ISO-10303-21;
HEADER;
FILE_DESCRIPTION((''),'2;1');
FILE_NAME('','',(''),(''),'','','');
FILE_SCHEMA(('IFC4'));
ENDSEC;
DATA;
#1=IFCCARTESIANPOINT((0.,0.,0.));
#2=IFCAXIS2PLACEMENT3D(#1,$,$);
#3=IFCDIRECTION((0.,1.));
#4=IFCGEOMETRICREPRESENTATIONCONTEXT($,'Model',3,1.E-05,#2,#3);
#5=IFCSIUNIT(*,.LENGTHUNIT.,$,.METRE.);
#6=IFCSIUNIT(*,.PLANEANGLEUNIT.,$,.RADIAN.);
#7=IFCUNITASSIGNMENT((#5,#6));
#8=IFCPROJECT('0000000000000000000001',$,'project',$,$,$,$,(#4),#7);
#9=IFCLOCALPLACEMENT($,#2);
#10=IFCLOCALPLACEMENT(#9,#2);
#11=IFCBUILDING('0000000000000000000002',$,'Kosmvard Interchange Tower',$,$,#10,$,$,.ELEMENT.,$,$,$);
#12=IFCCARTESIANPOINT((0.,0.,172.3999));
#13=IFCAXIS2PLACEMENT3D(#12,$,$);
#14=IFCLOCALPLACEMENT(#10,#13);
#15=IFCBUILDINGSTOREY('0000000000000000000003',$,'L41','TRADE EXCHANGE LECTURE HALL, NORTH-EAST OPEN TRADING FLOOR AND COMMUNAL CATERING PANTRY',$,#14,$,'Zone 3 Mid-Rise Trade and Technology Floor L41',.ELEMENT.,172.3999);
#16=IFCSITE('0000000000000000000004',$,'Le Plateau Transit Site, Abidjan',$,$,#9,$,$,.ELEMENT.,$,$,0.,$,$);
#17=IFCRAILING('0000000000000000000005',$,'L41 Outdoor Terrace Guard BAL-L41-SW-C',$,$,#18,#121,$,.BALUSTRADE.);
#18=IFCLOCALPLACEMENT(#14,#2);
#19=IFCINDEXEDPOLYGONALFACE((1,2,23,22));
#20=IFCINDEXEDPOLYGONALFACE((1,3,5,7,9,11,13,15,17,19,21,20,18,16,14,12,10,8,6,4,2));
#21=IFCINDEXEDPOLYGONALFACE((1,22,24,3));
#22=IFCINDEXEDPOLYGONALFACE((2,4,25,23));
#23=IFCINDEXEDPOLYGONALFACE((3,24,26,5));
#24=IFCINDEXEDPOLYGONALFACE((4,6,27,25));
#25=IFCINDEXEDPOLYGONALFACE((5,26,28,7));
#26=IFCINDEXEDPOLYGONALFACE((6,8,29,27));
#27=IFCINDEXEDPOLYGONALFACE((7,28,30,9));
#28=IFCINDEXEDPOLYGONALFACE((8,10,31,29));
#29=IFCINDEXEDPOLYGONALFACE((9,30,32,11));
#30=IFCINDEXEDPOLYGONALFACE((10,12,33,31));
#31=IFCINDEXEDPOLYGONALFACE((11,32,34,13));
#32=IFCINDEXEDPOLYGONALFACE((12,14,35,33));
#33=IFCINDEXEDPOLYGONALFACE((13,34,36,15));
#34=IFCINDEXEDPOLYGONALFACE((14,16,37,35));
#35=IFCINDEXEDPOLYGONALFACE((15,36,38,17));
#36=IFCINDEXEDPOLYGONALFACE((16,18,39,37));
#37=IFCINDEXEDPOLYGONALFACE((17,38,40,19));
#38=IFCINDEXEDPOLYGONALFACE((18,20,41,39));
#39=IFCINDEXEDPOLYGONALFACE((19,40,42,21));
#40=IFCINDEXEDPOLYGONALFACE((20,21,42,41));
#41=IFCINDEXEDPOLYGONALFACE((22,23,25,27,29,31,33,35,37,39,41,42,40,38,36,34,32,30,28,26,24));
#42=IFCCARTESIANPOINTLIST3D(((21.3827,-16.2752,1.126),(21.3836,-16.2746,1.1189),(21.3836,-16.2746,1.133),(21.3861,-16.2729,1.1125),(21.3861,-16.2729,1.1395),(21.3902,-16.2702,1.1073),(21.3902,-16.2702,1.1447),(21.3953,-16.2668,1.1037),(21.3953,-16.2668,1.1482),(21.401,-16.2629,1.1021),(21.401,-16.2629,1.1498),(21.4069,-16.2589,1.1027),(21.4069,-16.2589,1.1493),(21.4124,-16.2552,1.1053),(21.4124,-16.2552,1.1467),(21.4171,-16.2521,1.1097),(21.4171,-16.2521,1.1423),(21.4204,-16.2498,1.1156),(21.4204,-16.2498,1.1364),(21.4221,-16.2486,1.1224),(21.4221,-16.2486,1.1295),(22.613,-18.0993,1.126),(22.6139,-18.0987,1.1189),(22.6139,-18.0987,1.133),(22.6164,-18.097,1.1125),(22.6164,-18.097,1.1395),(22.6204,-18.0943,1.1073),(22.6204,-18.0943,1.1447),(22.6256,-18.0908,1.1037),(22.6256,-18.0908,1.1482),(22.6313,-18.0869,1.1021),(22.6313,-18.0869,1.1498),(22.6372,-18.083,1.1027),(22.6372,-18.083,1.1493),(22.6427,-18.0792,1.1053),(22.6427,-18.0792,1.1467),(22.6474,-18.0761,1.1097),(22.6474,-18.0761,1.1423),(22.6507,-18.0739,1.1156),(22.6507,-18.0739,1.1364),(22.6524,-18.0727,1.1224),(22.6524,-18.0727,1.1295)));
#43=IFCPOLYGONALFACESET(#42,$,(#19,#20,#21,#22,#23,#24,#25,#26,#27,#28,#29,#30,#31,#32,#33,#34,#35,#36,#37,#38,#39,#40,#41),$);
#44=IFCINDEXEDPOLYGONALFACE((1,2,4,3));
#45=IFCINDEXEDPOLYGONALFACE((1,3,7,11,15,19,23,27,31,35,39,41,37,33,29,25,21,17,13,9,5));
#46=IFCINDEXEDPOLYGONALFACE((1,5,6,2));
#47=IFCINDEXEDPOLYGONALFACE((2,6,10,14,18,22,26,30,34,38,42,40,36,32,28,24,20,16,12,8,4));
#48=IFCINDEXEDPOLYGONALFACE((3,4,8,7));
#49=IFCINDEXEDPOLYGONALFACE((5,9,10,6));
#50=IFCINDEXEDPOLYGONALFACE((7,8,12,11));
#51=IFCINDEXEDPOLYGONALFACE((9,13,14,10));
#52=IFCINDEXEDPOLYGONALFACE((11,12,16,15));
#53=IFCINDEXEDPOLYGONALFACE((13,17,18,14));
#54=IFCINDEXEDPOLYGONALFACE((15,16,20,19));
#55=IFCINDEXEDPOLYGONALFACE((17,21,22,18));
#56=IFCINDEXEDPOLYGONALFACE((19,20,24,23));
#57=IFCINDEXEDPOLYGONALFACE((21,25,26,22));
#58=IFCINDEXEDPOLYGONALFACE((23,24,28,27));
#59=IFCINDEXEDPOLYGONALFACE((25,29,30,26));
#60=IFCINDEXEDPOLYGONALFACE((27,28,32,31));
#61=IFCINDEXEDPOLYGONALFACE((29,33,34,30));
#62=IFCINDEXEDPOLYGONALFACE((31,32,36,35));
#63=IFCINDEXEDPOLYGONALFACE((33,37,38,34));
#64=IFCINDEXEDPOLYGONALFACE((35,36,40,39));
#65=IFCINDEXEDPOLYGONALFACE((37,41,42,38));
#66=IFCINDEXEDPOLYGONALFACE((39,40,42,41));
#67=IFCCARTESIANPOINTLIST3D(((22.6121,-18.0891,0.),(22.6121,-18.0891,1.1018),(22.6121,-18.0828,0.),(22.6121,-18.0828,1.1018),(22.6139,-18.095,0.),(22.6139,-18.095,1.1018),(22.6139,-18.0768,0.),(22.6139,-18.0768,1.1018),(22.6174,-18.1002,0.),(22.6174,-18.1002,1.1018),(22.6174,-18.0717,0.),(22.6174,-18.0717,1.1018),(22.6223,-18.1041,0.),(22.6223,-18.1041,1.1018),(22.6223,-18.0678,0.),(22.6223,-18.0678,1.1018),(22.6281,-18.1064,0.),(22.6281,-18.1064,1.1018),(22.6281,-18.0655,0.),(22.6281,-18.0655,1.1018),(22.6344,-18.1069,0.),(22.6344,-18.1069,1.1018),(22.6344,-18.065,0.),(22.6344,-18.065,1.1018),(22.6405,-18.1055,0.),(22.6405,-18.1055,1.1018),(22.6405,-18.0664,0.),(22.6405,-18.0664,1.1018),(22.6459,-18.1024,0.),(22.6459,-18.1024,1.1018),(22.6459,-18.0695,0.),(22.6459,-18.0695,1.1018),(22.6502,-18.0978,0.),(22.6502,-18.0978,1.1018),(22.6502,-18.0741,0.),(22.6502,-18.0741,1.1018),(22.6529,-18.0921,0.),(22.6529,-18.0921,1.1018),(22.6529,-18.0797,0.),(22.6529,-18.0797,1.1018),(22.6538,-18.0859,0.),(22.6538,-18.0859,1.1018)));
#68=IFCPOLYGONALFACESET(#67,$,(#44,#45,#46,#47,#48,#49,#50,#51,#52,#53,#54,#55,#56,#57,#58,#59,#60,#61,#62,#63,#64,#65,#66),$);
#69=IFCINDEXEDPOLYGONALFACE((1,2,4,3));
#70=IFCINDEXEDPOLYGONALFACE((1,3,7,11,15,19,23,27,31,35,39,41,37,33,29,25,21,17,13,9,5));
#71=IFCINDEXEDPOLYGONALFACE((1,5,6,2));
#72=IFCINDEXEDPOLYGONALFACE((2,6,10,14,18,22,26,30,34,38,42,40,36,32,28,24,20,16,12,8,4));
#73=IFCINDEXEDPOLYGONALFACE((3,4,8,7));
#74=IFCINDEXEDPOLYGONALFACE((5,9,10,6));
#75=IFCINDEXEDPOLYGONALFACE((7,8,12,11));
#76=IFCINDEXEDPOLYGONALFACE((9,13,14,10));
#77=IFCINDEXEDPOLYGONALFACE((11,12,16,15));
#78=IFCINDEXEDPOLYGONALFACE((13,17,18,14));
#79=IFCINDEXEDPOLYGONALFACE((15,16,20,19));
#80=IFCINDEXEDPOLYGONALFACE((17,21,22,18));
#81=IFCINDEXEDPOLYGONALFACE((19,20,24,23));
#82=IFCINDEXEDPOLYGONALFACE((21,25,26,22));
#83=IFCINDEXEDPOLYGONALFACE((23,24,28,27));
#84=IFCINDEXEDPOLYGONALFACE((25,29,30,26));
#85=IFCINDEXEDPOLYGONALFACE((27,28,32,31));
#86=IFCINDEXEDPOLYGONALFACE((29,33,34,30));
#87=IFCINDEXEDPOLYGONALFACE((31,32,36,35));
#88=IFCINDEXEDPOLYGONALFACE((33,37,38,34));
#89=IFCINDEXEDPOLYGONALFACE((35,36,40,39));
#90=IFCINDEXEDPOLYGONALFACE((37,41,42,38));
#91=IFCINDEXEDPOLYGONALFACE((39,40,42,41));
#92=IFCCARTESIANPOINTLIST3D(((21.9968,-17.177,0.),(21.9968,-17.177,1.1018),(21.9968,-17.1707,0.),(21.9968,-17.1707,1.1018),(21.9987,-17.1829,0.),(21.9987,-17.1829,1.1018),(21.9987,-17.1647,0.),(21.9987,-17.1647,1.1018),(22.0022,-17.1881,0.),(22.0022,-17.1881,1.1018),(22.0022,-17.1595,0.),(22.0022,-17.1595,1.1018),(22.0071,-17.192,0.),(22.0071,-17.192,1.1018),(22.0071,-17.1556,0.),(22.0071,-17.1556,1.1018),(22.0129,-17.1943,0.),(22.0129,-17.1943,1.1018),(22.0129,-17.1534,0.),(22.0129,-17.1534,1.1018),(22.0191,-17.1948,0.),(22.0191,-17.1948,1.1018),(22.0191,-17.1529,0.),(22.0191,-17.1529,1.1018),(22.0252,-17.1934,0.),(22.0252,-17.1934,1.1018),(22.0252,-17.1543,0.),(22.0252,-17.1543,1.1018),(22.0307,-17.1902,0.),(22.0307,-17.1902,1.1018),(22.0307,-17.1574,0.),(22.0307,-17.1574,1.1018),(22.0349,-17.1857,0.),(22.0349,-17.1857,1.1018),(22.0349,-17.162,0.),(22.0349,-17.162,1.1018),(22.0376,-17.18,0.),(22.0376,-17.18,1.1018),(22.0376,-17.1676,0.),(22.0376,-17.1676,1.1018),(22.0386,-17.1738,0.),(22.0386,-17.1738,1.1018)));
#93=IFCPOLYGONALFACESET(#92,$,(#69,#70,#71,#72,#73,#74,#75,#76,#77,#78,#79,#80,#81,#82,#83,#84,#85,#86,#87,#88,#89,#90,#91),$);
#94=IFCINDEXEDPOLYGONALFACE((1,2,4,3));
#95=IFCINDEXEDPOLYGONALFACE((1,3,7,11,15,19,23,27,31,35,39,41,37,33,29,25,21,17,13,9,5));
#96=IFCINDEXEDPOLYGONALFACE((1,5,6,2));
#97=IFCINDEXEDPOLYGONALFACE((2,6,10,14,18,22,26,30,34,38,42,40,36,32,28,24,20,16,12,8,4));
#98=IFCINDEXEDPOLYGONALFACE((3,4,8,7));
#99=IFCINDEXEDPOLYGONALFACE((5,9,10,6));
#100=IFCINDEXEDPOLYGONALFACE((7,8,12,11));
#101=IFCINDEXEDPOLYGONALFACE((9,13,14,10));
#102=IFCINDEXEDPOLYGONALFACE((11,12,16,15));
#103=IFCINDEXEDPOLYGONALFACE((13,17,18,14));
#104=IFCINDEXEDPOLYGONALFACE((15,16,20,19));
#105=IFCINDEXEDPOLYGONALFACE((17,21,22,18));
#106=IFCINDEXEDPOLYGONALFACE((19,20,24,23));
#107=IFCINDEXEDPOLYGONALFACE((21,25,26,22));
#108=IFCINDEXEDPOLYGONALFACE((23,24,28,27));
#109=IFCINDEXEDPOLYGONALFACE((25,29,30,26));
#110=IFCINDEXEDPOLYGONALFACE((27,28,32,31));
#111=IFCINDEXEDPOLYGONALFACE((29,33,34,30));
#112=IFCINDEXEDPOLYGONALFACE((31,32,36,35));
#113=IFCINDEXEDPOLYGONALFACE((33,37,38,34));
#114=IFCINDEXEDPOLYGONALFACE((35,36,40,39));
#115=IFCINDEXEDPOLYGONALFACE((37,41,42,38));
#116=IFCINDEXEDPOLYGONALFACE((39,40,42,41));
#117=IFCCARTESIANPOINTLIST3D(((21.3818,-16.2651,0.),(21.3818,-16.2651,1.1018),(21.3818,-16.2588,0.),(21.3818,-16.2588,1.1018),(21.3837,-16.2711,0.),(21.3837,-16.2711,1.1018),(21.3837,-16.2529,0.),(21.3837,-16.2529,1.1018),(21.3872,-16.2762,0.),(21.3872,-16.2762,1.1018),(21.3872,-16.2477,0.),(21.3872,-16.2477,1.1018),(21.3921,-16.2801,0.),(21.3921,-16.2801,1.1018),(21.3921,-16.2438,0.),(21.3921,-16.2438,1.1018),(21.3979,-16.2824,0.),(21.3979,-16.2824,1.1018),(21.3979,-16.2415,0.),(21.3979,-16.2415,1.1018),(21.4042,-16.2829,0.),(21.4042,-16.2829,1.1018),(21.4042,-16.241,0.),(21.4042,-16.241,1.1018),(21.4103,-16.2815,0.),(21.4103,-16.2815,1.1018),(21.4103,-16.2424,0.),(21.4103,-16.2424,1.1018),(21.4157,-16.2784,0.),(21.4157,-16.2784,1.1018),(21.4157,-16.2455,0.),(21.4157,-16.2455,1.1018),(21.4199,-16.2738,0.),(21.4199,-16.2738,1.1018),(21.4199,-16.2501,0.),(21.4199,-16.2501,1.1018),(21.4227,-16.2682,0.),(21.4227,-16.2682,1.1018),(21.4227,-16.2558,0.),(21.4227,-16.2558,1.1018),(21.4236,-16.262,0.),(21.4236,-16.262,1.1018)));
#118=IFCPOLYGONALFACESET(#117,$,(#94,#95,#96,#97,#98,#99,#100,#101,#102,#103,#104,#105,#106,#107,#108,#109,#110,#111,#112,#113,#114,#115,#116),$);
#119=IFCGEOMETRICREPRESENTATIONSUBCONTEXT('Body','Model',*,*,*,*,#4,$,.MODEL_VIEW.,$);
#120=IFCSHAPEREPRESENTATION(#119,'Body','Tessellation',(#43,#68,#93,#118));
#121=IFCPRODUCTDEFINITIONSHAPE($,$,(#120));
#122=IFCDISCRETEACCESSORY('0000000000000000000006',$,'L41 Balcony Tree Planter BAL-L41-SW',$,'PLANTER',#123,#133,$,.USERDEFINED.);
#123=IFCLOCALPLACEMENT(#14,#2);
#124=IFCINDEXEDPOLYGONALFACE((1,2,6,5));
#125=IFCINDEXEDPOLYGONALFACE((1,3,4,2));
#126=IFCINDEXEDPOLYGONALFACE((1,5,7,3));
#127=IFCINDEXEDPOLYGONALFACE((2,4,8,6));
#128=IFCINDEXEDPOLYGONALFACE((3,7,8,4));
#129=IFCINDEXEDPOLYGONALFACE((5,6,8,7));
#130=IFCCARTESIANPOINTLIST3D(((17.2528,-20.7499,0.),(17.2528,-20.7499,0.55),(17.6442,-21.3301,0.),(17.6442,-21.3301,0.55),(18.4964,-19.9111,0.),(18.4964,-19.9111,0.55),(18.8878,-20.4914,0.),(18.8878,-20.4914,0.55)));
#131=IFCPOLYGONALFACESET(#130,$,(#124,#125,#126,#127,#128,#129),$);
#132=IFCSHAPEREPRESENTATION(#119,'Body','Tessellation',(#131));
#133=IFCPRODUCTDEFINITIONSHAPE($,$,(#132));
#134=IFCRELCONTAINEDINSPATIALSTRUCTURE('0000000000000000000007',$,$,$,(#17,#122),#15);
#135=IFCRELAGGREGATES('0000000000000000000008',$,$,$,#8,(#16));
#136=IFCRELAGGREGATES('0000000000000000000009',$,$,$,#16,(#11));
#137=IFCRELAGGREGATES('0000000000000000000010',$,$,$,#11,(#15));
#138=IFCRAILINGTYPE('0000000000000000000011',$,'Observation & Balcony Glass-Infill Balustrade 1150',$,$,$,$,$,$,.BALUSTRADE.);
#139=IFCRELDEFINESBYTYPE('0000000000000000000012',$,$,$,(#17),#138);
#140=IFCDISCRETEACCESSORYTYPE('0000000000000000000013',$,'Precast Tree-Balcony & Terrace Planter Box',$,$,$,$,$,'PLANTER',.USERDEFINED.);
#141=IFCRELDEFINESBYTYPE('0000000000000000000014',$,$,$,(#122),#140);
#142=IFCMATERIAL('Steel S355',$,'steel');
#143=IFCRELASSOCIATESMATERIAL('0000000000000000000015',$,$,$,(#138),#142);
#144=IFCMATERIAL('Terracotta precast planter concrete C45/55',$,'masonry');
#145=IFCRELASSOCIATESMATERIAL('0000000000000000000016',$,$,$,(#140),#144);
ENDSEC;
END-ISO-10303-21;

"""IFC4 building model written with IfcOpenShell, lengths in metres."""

from ifc_helpers import new_model, si_unit, direction, frame, origin, origin_2d, place, context, subcontext, project, spatial, rectangle, circle, extrude, source, transform, mapped, material, type_object, element, save


model = new_model("IFC4")

# Units and contexts
model_context = context("Model", 3, precision=1e-05, world=origin(), true_north=direction((0.0, 1.0)))
body_context = subcontext(model_context, "Body", "Model", "MODEL_VIEW")
ifc_project = project(units=[si_unit("LENGTHUNIT", "METRE"), si_unit("PLANEANGLEUNIT", "RADIAN")], contexts=[model_context])

# Site, building, storey
site_placement = place(None, origin())
site = spatial("IfcSite", under=ifc_project, at=site_placement, Name="Le Plateau Transit Site, Abidjan", CompositionType="ELEMENT", RefElevation=0.0)
building_placement = place(site_placement, origin())
building = spatial("IfcBuilding", under=site, at=building_placement, Name="Kosmvard Interchange Tower", CompositionType="ELEMENT")
storey_placement = place(building_placement, frame((0.0, 0.0, 172.3999)))
storey = spatial("IfcBuildingStorey", under=building, at=storey_placement, Name="L41", Description="TRADE EXCHANGE LECTURE HALL, NORTH-EAST OPEN TRADING FLOOR AND COMMUNAL CATERING PANTRY", LongName="Zone 3 Mid-Rise Trade and Technology Floor L41", CompositionType="ELEMENT", Elevation=172.3999)

# Shared definitions
ifc_material_1 = material(Name="Steel S355", Category="steel")

# Railing
railing_type = type_object("IfcRailingType", Name="Observation & Balcony Glass-Infill Balustrade 1150", PredefinedType="BALUSTRADE", material=ifc_material_1)
shared_shape_1 = source(origin(), body_context, "Body", "SweptSolid", [
    extrude(circle(Radius=0.0239, at=origin_2d()), frame((0.0, 0.0, 1.126), z_axis=(-0.559174, 0.829051, 0.0), x_axis=(-0.829051, -0.559174, 0.0)), (0.0, 0.0, 1.0), 2.2002),
    extrude(circle(Radius=0.021, at=origin_2d()), origin(), (0.0, 0.0, 1.0), 1.1018),
    extrude(circle(Radius=0.021, at=origin_2d()), frame((-0.6152, 0.9121, 0.0)), (0.0, 0.0, 1.0), 1.1018),
    extrude(circle(Radius=0.021, at=origin_2d()), frame((-1.2302, 1.824, 0.0)), (0.0, 0.0, 1.0), 1.1018),
])
railing_1_placement = place(storey_placement, frame((22.6328, -18.0859, 0.0)))
element("IfcRailing", 1, at=railing_1_placement, inside=storey, type_object=railing_type, Name="L41 Outdoor Terrace Guard BAL-L41-SW-C", PredefinedType="BALUSTRADE", context=body_context, shape_type="MappedRepresentation", body=[
    mapped(shared_shape_1, transform((0.0, 0.0, 0.0), scale=1.0)),
])

# Discrete accessory
ifc_material_2 = material(Name="Terracotta precast planter concrete C45/55", Category="masonry")
discrete_accessory_type = type_object("IfcDiscreteAccessoryType", Name="Precast Tree-Balcony & Terrace Planter Box", ElementType="PLANTER", PredefinedType="USERDEFINED", material=ifc_material_2)
shared_shape_2 = source(origin(), body_context, "Body", "SweptSolid", [
    extrude(rectangle(XDim=1.5, YDim=0.7, at=origin_2d()), origin(), (0.0, 0.0, 1.0), 0.55),
])
discrete_accessory_placement = place(storey_placement, frame((18.0703, -20.6206, 0.0), z_axis=(0.0, 0.0, 1.0), x_axis=(0.829038, 0.559193, 0.0)))
element("IfcDiscreteAccessory", 2, at=discrete_accessory_placement, inside=storey, type_object=discrete_accessory_type, Name="L41 Balcony Tree Planter BAL-L41-SW", ObjectType="PLANTER", PredefinedType="USERDEFINED", context=body_context, shape_type="MappedRepresentation", body=[
    mapped(shared_shape_2, transform((0.0, 0.0, 0.0), scale=1.0)),
])

save(model, "model.ifc")
